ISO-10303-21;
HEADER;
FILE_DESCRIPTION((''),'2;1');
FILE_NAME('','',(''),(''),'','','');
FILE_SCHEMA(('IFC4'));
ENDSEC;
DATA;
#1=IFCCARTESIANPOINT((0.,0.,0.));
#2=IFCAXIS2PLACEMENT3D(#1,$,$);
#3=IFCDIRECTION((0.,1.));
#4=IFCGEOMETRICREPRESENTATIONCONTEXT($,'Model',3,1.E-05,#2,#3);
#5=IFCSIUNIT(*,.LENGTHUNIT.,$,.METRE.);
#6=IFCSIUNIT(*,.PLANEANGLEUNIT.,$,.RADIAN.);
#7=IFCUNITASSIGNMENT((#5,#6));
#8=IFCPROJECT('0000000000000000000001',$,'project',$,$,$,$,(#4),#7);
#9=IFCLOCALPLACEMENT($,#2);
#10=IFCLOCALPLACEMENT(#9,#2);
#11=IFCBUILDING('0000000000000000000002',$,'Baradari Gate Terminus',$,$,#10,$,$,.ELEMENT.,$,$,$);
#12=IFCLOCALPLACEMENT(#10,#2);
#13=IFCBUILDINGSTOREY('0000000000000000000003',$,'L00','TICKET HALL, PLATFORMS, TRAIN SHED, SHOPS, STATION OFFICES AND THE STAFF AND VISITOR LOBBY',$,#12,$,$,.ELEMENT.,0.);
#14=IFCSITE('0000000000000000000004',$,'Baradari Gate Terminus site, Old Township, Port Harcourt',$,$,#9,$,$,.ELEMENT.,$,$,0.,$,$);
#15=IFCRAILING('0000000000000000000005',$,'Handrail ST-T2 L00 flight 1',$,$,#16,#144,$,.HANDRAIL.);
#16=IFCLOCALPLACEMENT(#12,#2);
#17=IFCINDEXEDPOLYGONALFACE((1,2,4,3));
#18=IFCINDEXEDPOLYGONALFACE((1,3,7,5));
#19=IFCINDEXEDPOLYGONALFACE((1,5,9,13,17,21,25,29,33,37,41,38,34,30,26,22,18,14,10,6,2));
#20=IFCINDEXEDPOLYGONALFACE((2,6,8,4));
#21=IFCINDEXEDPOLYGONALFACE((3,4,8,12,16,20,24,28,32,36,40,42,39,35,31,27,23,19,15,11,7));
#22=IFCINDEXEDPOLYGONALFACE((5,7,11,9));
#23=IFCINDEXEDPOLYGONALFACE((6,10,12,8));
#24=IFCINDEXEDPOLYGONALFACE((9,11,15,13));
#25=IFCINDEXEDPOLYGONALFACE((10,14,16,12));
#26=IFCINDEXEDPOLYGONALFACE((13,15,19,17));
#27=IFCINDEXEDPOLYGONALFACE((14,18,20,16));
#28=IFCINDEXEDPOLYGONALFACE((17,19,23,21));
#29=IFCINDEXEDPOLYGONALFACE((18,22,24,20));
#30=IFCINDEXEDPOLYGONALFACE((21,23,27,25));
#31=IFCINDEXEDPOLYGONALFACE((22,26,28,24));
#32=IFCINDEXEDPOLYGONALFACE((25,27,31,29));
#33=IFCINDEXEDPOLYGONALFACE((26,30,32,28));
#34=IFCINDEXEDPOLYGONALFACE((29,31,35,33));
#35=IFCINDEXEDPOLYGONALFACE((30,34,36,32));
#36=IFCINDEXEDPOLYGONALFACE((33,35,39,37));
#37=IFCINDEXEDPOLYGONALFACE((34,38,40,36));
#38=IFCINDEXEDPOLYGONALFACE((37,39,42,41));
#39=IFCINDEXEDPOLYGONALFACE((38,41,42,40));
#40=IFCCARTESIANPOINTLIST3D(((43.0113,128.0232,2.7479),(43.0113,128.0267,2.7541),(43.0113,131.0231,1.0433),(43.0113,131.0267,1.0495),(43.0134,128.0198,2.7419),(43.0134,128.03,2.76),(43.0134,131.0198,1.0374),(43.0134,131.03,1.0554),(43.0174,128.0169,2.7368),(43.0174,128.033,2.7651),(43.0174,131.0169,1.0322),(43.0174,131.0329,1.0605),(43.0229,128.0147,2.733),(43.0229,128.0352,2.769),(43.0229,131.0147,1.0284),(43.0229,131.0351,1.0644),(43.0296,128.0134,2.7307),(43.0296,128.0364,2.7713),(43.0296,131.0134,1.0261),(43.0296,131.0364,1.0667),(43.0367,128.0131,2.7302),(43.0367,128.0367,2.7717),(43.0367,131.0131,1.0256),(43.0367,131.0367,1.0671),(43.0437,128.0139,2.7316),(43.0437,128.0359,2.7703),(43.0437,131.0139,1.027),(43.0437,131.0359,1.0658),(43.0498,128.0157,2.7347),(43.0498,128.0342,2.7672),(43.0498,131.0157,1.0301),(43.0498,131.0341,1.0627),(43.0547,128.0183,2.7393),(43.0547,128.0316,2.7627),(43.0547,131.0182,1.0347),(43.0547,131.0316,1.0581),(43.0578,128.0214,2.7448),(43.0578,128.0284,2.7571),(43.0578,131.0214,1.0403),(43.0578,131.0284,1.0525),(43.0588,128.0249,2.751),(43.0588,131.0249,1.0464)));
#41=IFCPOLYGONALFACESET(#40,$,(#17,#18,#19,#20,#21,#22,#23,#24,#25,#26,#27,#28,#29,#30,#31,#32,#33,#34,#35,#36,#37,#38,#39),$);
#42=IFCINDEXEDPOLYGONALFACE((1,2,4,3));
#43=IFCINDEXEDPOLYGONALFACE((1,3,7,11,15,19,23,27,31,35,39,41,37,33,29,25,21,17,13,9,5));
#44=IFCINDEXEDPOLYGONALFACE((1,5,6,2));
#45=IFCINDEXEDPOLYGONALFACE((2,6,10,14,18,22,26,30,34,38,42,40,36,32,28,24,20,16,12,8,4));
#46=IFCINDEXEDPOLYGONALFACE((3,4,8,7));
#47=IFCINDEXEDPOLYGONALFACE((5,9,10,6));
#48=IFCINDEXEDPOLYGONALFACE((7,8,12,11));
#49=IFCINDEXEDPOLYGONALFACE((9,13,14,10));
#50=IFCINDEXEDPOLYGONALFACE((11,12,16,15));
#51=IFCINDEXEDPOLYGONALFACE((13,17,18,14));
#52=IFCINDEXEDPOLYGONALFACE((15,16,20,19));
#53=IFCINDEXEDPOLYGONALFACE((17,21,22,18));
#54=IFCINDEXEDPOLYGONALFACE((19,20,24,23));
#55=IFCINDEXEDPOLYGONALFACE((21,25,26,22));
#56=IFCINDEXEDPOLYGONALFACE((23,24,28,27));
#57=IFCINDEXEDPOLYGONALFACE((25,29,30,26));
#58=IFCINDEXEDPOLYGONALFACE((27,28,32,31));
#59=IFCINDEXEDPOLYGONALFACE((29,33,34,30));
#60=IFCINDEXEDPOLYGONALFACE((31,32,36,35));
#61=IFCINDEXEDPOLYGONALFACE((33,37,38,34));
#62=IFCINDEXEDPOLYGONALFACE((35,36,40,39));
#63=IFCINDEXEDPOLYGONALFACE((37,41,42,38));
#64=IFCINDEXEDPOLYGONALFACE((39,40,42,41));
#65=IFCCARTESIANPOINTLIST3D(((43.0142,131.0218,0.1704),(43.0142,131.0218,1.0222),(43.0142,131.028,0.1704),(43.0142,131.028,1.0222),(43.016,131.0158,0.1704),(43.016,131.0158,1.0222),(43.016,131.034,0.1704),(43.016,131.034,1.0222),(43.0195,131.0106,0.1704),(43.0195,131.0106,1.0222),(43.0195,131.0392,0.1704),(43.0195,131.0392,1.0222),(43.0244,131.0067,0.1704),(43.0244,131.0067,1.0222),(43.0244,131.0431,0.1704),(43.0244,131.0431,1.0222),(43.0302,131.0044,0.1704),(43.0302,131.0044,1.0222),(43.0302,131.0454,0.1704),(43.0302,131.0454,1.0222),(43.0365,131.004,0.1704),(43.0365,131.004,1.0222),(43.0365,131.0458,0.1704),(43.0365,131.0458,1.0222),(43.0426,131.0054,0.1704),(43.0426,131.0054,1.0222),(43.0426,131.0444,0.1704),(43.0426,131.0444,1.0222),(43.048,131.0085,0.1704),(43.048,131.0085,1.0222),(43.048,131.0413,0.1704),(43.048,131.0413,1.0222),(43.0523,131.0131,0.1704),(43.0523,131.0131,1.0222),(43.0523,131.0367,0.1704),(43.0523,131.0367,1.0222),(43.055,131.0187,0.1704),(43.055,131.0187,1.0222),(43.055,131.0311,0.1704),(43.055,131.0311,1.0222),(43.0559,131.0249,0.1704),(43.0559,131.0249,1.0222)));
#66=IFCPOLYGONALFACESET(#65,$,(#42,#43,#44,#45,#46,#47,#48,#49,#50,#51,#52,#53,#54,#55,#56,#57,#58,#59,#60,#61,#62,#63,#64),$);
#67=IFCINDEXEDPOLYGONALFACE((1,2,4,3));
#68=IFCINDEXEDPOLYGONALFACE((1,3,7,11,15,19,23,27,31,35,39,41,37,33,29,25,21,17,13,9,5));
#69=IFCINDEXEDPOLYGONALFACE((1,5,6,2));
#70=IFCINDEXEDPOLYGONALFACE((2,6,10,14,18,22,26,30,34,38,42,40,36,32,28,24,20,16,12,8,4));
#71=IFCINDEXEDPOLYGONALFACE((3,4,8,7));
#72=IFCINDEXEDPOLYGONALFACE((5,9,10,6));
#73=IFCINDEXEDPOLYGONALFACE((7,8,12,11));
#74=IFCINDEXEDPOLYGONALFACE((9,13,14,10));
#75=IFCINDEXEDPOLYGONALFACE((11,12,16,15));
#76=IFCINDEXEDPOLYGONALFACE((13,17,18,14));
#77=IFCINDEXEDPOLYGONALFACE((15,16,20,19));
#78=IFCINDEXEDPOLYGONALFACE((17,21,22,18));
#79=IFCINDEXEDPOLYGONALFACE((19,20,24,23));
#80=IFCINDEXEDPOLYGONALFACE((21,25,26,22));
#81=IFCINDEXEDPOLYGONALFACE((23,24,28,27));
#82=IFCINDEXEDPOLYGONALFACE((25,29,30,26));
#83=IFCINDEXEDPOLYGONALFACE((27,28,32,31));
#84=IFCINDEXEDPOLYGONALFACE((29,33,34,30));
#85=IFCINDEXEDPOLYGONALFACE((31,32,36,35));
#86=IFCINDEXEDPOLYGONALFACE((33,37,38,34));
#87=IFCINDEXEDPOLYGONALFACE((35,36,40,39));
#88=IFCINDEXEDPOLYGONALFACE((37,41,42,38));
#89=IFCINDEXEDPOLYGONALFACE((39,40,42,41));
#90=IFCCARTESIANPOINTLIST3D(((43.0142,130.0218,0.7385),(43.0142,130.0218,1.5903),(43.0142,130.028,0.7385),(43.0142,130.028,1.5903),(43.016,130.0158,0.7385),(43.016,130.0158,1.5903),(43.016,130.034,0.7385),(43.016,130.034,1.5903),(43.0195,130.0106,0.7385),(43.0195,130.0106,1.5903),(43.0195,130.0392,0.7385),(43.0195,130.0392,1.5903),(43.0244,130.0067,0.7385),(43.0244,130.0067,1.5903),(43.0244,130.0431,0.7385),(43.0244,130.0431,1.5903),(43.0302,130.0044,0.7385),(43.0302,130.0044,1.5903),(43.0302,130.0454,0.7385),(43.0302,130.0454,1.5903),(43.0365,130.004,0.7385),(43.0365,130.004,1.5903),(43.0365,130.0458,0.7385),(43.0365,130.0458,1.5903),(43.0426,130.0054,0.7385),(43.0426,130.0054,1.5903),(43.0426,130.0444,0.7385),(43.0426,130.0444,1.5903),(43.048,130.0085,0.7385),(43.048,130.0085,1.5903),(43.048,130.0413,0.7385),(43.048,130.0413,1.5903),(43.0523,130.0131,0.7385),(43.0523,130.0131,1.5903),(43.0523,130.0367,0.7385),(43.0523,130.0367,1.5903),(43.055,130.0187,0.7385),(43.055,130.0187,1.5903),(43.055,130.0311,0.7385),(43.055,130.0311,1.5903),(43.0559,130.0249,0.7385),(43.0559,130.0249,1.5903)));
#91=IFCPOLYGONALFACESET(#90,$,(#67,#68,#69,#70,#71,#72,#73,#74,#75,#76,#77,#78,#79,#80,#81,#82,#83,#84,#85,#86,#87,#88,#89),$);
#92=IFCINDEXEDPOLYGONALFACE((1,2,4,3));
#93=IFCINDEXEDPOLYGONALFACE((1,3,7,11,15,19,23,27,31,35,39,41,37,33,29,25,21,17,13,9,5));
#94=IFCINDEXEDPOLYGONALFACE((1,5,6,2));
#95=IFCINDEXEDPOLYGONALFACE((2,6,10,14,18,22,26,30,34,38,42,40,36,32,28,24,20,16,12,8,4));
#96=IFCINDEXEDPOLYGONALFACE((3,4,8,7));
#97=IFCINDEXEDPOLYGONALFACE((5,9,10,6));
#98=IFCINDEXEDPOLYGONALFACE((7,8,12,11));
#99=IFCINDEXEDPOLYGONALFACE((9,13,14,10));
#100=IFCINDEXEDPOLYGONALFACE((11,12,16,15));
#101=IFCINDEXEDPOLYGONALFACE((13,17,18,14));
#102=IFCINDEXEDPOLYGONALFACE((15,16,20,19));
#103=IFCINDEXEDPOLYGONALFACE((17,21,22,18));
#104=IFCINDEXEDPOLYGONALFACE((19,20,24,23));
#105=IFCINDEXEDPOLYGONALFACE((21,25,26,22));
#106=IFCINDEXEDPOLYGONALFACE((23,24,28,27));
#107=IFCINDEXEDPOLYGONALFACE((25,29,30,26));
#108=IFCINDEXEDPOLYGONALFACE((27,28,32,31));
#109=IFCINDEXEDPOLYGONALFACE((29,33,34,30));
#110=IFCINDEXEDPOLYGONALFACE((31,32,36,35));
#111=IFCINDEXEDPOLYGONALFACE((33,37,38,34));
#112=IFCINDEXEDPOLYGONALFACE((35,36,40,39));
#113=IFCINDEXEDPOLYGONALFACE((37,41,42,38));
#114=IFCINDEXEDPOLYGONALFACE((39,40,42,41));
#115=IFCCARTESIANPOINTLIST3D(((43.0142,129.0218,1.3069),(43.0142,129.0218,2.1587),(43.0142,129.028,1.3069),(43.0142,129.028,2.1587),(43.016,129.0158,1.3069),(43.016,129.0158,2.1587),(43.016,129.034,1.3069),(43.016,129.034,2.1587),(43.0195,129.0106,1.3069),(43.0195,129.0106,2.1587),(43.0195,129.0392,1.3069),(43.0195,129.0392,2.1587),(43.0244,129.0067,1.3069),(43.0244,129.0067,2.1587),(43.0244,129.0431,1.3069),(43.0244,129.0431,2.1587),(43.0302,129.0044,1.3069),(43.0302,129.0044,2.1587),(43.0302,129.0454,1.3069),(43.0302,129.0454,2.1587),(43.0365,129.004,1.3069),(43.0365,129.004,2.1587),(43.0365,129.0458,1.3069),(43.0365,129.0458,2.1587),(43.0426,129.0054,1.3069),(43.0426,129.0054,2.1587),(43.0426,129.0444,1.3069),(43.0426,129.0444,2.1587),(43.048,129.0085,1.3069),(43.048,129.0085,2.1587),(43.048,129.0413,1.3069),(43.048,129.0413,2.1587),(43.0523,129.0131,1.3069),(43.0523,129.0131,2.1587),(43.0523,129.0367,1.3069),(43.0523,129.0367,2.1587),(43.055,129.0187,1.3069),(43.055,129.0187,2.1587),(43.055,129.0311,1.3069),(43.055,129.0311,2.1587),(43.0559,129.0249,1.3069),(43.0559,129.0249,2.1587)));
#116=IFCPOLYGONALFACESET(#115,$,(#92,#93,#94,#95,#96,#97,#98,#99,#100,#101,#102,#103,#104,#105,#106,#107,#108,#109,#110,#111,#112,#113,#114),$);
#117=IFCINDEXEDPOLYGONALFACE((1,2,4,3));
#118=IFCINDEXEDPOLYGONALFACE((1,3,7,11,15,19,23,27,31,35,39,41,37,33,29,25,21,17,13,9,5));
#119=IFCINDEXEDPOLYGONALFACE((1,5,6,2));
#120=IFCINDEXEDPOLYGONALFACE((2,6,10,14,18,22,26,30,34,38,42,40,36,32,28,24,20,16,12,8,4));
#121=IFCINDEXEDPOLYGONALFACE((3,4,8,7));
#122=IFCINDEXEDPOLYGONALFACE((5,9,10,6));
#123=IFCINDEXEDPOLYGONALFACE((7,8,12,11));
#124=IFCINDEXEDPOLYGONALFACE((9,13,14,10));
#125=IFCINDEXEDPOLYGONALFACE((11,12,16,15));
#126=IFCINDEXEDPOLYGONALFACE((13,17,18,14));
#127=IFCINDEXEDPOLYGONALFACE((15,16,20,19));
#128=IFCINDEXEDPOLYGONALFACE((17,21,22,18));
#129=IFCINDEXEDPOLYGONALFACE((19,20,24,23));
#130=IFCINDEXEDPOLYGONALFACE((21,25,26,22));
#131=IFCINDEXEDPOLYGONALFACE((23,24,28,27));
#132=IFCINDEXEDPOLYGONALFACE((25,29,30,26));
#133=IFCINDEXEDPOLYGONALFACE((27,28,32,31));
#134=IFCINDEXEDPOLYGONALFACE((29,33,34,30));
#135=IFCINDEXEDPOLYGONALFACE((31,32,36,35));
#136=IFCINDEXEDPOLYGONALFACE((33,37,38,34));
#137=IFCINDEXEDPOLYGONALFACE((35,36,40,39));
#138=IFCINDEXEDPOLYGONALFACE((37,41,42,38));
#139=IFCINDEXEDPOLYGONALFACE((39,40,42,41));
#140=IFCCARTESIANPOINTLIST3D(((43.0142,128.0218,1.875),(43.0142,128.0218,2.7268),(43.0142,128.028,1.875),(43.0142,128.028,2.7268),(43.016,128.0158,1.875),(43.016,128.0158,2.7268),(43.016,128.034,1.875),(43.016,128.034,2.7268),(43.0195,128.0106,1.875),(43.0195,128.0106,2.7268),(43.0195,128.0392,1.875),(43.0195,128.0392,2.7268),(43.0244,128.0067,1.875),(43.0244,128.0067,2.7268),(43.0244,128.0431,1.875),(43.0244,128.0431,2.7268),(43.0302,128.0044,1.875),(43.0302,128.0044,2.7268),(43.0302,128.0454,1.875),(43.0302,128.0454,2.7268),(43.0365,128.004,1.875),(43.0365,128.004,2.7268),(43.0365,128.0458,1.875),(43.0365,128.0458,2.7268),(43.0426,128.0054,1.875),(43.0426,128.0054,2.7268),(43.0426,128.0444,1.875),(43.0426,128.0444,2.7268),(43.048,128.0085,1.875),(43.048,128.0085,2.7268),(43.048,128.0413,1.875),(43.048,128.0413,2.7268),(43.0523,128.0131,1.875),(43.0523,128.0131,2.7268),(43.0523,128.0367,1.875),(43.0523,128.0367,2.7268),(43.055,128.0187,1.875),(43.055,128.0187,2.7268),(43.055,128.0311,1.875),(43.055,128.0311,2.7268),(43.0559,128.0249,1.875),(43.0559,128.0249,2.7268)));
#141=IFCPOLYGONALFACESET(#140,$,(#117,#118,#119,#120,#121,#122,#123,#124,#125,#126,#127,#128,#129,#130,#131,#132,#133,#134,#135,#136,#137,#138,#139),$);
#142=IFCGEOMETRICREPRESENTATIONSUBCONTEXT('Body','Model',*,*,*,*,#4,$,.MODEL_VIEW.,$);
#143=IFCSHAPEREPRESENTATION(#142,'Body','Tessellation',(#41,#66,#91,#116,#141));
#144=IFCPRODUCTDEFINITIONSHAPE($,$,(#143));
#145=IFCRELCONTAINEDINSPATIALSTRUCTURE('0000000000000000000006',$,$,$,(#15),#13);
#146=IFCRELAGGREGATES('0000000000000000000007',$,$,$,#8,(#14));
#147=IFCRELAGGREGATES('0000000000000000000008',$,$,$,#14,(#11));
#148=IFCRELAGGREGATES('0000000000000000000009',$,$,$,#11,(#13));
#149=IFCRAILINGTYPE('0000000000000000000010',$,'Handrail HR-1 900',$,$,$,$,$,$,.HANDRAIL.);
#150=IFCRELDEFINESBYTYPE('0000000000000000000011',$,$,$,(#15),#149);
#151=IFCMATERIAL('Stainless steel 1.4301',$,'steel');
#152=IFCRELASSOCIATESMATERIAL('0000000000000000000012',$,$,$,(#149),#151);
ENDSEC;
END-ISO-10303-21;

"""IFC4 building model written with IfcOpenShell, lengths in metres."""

from ifc_helpers import new_model, si_unit, direction, frame, origin, origin_2d, place, context, subcontext, project, spatial, circle, extrude, material, type_object, element, save


model = new_model("IFC4")

# Units and contexts
model_context = context("Model", 3, precision=1e-05, world=origin(), true_north=direction((0.0, 1.0)))
body_context = subcontext(model_context, "Body", "Model", "MODEL_VIEW")
ifc_project = project(units=[si_unit("LENGTHUNIT", "METRE"), si_unit("PLANEANGLEUNIT", "RADIAN")], contexts=[model_context])

# Site, building, storey
site_placement = place(None, origin())
site = spatial("IfcSite", under=ifc_project, at=site_placement, Name="Baradari Gate Terminus site, Old Township, Port Harcourt", CompositionType="ELEMENT", RefElevation=0.0)
building_placement = place(site_placement, origin())
building = spatial("IfcBuilding", under=site, at=building_placement, Name="Baradari Gate Terminus", CompositionType="ELEMENT")
storey_placement = place(building_placement, origin())
storey = spatial("IfcBuildingStorey", under=building, at=storey_placement, Name="L00", Description="TICKET HALL, PLATFORMS, TRAIN SHED, SHOPS, STATION OFFICES AND THE STAFF AND VISITOR LOBBY", CompositionType="ELEMENT", Elevation=0.0)

# Railing
ifc_material_1 = material(Name="Stainless steel 1.4301", Category="steel")
railing_type_1 = type_object("IfcRailingType", Name="Handrail HR-1 900", PredefinedType="HANDRAIL", material=ifc_material_1)
for number, where, name in (
    (1, (43.0349, 131.0249, 0.1704), "Handrail ST-T2 L00 flight 1"),
):
    element("IfcRailing", number, at=place(storey_placement, frame(where)), inside=storey, type_object=railing_type_1, Name=name, PredefinedType="HANDRAIL", context=body_context, shape_type="SweptSolid", body=[
        extrude(circle(Radius=0.0239, at=origin_2d()), frame((0.0, 0.0, 0.876), z_axis=(0.0, -0.869451, 0.494019), x_axis=(1.0, 0.0, 0.0)), (0.0, 0.0, 1.0), 3.4504),
        extrude(circle(Radius=0.021, at=origin_2d()), origin(), (0.0, 0.0, 1.0), 0.8518),
        extrude(circle(Radius=0.021, at=origin_2d()), frame((0.0, -1.0, 0.5681)), (0.0, 0.0, 1.0), 0.8518),
        extrude(circle(Radius=0.021, at=origin_2d()), frame((0.0, -2.0, 1.1365)), (0.0, 0.0, 1.0), 0.8518),
        extrude(circle(Radius=0.021, at=origin_2d()), frame((0.0, -3.0, 1.7046)), (0.0, 0.0, 1.0), 0.8518),
    ])

save(model, "model.ifc")
